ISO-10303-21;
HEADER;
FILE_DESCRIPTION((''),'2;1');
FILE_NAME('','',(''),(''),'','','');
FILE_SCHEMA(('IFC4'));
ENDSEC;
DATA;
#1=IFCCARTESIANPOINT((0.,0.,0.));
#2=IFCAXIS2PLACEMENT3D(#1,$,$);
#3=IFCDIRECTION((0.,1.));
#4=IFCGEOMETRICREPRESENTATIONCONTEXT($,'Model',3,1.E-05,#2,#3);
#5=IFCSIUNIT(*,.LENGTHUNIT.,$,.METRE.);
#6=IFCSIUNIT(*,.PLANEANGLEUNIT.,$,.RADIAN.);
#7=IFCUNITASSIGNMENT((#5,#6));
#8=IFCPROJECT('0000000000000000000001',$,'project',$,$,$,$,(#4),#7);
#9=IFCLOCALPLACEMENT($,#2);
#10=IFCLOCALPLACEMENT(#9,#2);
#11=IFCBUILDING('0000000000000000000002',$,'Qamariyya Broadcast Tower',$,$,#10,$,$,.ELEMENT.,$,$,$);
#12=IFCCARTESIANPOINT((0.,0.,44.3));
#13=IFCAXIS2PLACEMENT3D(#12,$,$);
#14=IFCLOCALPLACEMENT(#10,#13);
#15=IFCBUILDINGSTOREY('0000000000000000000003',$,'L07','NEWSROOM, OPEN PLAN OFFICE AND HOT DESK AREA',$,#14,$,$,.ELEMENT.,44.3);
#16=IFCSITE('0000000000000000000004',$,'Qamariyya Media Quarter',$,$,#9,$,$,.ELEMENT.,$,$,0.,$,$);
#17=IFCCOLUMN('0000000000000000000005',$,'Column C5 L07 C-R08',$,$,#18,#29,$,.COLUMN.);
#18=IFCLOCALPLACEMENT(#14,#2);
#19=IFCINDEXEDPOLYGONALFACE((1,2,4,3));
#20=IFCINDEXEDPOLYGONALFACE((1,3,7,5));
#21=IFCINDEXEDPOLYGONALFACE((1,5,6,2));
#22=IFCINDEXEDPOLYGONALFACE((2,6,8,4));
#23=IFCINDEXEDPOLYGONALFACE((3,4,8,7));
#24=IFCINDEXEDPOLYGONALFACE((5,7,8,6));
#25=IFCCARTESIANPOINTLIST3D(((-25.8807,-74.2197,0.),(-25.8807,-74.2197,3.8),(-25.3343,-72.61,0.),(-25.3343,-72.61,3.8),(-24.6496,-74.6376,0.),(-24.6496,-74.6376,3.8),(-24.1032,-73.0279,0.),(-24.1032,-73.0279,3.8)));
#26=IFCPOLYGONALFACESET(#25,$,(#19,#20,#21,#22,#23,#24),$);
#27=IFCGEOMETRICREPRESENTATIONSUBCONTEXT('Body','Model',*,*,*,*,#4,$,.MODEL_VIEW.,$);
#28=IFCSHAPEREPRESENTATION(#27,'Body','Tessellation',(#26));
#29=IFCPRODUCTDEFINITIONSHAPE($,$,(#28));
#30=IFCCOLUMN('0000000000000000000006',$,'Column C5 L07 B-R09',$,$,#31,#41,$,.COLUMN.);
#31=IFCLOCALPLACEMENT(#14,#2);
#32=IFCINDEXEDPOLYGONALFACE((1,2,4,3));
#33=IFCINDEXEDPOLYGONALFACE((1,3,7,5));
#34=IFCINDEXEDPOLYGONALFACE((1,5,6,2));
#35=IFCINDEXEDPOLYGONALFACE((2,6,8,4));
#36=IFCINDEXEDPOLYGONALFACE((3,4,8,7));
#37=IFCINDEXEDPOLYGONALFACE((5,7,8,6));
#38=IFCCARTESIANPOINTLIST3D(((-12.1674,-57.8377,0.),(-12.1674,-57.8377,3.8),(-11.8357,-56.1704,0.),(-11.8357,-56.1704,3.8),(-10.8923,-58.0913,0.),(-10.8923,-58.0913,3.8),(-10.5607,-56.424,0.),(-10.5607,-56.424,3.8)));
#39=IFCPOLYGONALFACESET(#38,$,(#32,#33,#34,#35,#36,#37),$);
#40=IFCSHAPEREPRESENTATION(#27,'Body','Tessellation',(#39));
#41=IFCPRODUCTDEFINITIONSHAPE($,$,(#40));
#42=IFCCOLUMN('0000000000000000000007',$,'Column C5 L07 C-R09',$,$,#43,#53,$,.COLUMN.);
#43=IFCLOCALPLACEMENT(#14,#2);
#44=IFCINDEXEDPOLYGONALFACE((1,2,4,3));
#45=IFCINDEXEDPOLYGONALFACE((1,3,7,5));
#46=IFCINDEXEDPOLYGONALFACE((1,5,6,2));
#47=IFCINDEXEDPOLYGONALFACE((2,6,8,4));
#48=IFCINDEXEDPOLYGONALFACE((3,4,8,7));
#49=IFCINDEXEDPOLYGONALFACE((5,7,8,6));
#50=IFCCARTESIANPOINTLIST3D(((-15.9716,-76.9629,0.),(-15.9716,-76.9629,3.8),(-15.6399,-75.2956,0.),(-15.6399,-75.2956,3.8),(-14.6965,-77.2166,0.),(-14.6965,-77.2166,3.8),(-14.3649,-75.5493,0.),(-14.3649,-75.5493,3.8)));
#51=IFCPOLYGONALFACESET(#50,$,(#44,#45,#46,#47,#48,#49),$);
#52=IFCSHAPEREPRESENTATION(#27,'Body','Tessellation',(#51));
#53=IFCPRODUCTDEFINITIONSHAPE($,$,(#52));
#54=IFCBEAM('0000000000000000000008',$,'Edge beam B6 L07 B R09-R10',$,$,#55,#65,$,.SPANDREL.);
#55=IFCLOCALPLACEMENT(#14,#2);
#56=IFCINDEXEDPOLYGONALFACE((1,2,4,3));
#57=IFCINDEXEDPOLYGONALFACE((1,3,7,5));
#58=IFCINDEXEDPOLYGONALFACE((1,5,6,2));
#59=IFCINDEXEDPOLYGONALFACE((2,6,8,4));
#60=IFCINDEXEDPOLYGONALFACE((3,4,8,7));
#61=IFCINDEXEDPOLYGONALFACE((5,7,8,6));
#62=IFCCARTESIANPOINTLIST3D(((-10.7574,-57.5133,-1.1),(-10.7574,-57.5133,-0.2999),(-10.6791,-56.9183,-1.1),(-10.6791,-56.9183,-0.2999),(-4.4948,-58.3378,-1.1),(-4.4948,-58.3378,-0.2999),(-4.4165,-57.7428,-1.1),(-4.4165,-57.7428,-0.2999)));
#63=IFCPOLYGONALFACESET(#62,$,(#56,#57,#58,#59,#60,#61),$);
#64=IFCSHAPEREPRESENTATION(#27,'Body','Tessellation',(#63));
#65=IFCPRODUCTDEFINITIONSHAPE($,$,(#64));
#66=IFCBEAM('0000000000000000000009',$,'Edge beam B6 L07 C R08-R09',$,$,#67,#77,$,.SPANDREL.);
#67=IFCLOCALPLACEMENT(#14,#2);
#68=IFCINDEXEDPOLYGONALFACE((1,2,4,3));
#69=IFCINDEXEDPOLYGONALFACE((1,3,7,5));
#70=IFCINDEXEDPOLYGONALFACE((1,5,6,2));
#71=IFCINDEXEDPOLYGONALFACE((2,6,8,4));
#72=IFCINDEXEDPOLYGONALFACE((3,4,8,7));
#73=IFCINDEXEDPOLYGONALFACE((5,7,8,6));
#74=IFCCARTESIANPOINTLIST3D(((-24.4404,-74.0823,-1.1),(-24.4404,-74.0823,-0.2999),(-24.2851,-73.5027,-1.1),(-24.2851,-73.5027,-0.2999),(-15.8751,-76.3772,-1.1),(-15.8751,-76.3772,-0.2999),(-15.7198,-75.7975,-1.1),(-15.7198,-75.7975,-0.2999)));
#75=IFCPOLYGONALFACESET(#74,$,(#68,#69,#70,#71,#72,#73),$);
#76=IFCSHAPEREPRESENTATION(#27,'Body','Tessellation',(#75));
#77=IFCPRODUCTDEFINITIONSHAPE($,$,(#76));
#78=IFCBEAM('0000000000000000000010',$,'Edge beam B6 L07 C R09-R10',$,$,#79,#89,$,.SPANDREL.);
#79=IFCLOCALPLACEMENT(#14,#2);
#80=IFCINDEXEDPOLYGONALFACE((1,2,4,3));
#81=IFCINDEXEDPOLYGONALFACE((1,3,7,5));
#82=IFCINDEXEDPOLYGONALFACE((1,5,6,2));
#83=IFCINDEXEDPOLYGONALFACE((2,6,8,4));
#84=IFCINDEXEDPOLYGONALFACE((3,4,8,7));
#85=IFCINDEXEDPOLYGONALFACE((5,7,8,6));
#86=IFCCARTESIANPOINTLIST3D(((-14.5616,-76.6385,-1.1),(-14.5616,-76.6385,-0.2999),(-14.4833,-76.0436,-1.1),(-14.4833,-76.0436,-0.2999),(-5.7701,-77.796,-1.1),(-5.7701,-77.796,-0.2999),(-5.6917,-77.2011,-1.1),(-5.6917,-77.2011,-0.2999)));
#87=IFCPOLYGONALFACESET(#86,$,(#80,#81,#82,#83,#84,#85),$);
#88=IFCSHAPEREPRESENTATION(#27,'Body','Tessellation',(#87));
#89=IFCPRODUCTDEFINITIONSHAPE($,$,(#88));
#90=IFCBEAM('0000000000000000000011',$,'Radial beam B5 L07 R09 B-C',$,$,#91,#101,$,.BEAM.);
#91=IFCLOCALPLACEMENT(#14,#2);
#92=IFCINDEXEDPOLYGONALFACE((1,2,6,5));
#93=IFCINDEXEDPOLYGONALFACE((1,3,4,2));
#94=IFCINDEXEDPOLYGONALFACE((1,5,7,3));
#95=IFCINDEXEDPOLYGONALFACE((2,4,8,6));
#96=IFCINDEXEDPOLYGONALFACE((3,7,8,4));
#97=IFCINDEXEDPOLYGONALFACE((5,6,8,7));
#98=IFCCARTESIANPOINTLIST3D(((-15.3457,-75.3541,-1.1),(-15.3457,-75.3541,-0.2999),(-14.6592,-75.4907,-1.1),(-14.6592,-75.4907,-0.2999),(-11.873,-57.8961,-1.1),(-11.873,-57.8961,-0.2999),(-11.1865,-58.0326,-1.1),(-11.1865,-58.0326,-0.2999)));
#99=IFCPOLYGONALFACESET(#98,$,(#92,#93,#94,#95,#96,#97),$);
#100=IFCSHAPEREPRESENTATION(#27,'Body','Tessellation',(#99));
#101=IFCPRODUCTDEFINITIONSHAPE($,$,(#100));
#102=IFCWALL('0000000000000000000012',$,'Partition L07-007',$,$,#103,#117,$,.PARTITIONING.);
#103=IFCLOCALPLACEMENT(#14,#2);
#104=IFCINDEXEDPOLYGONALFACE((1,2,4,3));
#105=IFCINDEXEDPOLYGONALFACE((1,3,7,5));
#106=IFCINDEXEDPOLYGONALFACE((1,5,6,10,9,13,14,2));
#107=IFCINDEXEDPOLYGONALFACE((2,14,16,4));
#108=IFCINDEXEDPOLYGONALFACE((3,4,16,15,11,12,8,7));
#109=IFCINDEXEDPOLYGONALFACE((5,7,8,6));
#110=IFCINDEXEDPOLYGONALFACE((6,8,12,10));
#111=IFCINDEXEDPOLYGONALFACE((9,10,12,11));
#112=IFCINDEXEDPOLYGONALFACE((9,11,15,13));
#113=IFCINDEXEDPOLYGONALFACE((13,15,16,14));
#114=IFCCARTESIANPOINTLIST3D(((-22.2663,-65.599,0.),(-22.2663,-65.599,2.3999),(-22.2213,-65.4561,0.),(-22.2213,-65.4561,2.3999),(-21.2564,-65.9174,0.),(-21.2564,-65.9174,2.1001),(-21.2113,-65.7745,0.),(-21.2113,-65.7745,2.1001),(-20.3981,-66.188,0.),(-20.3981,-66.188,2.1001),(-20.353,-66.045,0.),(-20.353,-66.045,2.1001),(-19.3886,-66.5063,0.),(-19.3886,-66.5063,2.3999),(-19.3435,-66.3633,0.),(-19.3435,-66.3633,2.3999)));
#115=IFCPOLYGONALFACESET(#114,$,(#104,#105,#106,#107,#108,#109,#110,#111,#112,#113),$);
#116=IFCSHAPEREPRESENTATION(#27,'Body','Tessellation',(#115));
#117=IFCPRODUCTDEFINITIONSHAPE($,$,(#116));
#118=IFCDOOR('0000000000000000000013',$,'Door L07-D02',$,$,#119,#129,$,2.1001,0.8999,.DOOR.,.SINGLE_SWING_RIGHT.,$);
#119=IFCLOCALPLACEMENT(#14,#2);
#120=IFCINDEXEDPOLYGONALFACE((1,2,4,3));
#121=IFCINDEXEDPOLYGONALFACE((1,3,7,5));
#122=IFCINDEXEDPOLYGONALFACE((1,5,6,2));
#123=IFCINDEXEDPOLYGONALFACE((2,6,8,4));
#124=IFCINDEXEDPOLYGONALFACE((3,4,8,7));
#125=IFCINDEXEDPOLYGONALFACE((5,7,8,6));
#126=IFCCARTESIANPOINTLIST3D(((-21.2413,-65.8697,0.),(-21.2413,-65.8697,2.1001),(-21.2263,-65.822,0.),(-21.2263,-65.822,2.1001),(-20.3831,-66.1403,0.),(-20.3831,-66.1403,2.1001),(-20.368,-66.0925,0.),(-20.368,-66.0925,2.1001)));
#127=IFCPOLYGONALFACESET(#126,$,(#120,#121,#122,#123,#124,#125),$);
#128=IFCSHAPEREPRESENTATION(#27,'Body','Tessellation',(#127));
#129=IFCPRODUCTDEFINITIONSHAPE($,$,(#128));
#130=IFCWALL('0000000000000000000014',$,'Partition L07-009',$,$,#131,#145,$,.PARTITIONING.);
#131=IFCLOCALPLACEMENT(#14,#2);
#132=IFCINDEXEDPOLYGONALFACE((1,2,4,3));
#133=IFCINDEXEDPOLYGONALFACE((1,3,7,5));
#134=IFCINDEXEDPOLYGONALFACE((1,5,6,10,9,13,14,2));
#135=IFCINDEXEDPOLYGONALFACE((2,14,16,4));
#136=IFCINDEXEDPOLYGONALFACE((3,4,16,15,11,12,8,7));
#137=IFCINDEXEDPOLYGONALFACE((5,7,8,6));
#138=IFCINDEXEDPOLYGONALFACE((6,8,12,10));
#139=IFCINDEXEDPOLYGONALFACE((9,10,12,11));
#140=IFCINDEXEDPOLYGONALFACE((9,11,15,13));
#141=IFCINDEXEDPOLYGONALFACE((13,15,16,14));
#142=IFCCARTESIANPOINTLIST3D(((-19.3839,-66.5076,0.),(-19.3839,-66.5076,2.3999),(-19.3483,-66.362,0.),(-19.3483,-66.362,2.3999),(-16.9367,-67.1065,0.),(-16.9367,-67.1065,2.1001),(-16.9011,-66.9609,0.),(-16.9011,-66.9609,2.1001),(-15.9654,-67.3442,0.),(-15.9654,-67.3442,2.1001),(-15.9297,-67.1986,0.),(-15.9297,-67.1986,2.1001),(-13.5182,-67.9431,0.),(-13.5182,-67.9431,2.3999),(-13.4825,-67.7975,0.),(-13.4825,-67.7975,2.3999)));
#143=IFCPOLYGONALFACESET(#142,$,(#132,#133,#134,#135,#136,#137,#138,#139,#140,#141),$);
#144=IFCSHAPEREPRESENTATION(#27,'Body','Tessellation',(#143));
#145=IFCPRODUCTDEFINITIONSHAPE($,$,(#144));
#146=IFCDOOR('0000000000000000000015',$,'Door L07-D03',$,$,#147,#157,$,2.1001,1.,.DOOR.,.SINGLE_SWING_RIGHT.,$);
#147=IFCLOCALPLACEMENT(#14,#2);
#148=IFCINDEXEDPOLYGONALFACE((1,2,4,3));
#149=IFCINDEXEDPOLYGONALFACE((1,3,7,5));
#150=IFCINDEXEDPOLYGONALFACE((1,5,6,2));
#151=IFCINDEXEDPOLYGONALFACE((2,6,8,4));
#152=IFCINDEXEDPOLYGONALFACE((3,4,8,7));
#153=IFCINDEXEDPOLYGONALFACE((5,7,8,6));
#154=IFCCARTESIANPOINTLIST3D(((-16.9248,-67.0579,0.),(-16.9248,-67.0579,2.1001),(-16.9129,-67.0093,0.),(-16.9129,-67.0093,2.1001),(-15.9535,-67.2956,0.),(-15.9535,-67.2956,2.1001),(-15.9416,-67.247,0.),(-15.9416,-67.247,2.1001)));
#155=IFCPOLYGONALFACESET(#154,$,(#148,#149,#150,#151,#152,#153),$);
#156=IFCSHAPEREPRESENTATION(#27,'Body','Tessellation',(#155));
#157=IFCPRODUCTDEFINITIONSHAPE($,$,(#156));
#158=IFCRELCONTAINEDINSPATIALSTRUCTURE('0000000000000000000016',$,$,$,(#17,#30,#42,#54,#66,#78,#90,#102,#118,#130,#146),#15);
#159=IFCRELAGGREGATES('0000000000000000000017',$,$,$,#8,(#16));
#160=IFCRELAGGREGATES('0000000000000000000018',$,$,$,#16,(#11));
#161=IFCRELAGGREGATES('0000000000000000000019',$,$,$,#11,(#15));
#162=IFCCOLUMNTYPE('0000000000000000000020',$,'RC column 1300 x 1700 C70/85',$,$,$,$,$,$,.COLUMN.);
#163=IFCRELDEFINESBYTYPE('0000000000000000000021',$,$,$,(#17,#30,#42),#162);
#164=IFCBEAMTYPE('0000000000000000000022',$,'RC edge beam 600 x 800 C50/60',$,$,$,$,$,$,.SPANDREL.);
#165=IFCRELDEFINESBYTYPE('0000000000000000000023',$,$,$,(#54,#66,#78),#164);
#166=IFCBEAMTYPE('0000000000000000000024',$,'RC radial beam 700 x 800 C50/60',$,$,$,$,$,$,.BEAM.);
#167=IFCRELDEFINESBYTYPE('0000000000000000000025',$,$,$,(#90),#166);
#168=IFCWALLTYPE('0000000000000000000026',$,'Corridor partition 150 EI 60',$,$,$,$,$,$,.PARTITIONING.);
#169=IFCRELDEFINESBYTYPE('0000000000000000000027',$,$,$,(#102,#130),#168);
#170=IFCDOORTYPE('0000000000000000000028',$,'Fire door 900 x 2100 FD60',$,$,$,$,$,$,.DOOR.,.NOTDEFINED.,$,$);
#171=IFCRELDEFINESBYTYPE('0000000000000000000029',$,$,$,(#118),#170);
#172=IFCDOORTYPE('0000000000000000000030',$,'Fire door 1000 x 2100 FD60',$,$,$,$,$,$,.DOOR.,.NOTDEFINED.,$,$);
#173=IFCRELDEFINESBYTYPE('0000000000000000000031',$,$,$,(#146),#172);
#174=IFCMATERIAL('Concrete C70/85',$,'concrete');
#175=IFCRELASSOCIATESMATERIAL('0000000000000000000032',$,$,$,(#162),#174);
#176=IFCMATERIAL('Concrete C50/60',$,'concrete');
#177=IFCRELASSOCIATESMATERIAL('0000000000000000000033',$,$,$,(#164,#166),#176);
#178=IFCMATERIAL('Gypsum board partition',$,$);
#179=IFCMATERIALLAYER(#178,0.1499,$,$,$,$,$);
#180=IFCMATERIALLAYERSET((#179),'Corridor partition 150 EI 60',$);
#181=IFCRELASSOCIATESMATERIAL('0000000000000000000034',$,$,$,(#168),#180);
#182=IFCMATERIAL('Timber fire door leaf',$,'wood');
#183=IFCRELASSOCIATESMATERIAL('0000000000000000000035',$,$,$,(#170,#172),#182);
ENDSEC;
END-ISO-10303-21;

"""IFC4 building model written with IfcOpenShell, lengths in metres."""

from ifc_helpers import new_model, si_unit, direction, frame, frame_2d, origin, origin_2d, place, context, subcontext, project, spatial, rectangle, extrude, material, layer, layer_set, material_profile, profile_set, type_object, element, fill, save


model = new_model("IFC4")

# Units and contexts
model_context = context("Model", 3, precision=1e-05, world=origin(), true_north=direction((0.0, 1.0)))
body_context = subcontext(model_context, "Body", "Model", "MODEL_VIEW")
ifc_project = project(units=[si_unit("LENGTHUNIT", "METRE"), si_unit("PLANEANGLEUNIT", "RADIAN")], contexts=[model_context])

# Site, building, storey
site_placement = place(None, origin())
site = spatial("IfcSite", under=ifc_project, at=site_placement, Name="Qamariyya Media Quarter", CompositionType="ELEMENT", RefElevation=0.0)
building_placement = place(site_placement, origin())
building = spatial("IfcBuilding", under=site, at=building_placement, Name="Qamariyya Broadcast Tower", CompositionType="ELEMENT")
storey_placement = place(building_placement, frame((0.0, 0.0, 44.3)))
storey = spatial("IfcBuildingStorey", under=building, at=storey_placement, Name="L07", Description="NEWSROOM, OPEN PLAN OFFICE AND HOT DESK AREA", CompositionType="ELEMENT", Elevation=44.3)

# Columns
ifc_material_1 = material(Name="Concrete C70/85", Category="concrete")
ifc_material_profile_1 = material_profile(ifc_material_1, rectangle(XDim=1.3, YDim=1.7, at=origin_2d()))
ifc_profile_set_1 = profile_set([ifc_material_profile_1], Name="Concrete C70/85")
column_type = type_object("IfcColumnType", Name="RC column 1300 x 1700 C70/85", PredefinedType="COLUMN", material=ifc_profile_set_1)
for number, where, z_axis, x_axis, name in (
    (1, (-24.9919, -73.6238, 0.0), (0.0, 0.0, 1.0), (0.94693, -0.321439, 0.0), "Column C5 L07 C-R08"),
    (2, (-11.364, -57.1309, 0.0), (0.0, 0.0, 1.0), (0.980785, -0.19509, 0.0), "Column C5 L07 B-R09"),
    (3, (-15.1682, -76.2561, 0.0), (0.0, 0.0, 1.0), (0.980785, -0.19509, 0.0), "Column C5 L07 C-R09"),
):
    element("IfcColumn", number, at=place(storey_placement, frame(where, z_axis=z_axis, x_axis=x_axis)), inside=storey, type_object=column_type, Name=name, PredefinedType="COLUMN", context=body_context, shape_type="SweptSolid", body=[
        extrude(rectangle(XDim=1.3, YDim=1.7, at=origin_2d()), origin(), (0.0, 0.0, 1.0), 3.8),
    ])

# Beams
ifc_material_2 = material(Name="Concrete C50/60", Category="concrete")
ifc_material_profile_2 = material_profile(ifc_material_2, rectangle(XDim=0.6001, YDim=0.8, at=origin_2d()))
ifc_profile_set_2 = profile_set([ifc_material_profile_2], Name="Concrete C50/60")
beam_type_1 = type_object("IfcBeamType", Name="RC edge beam 600 x 800 C50/60", PredefinedType="SPANDREL", material=ifc_profile_set_2)
beam_1_placement = place(storey_placement, frame((-10.7183, -57.2158, -0.7), z_axis=(0.991446, -0.13052, 0.0), x_axis=(0.13052, 0.991446, 0.0)))
element("IfcBeam", 4, at=beam_1_placement, inside=storey, type_object=beam_type_1, Name="Edge beam B6 L07 B R09-R10", PredefinedType="SPANDREL", context=body_context, shape_type="SweptSolid", body=[
    extrude(rectangle(XDim=0.6001, YDim=0.8, at=origin_2d()), origin(), (0.0, 0.0, 1.0), 6.3167),
])
for number, where, z_axis, x_axis, name in (
    (5, (-24.3628, -73.7925, -0.7), (0.965931, -0.2588, 0.0), (0.2588, 0.965931, 0.0), "Edge beam B6 L07 C R08-R09"),
    (6, (-14.5225, -76.3411, -0.7), (0.991444, -0.130531, 0.0), (0.130531, 0.991444, 0.0), "Edge beam B6 L07 C R09-R10"),
):
    element("IfcBeam", number, at=place(storey_placement, frame(where, z_axis=z_axis, x_axis=x_axis)), inside=storey, type_object=beam_type_1, Name=name, PredefinedType="SPANDREL", context=body_context, shape_type="SweptSolid", body=[
        extrude(rectangle(XDim=0.6001, YDim=0.8, at=origin_2d()), origin(), (0.0, 0.0, 1.0), 8.8674),
    ])
ifc_material_profile_3 = material_profile(ifc_material_2, rectangle(XDim=0.7, YDim=0.8, at=origin_2d()))
ifc_profile_set_3 = profile_set([ifc_material_profile_3], Name="Concrete C50/60")
beam_type_2 = type_object("IfcBeamType", Name="RC radial beam 700 x 800 C50/60", PredefinedType="BEAM", material=ifc_profile_set_3)
beam_2_placement = place(storey_placement, frame((-11.5298, -57.9644, -0.7), z_axis=(-0.195093, -0.980785, 0.0), x_axis=(0.980785, -0.195093, 0.0)))
element("IfcBeam", 7, at=beam_2_placement, inside=storey, type_object=beam_type_2, Name="Radial beam B5 L07 R09 B-C", PredefinedType="BEAM", context=body_context, shape_type="SweptSolid", body=[
    extrude(rectangle(XDim=0.7, YDim=0.8, at=origin_2d()), origin(), (0.0, 0.0, 1.0), 17.8),
])

# Walls, openings, doors
ifc_material_3 = material(Name="Gypsum board partition")
ifc_layer_1 = layer(ifc_material_3, 0.1499)
ifc_layer_set_1 = layer_set([ifc_layer_1], Name="Corridor partition 150 EI 60")
wall_type_1 = type_object("IfcWallType", Name="Corridor partition 150 EI 60", PredefinedType="PARTITIONING", material=ifc_layer_set_1)
wall_1_placement = place(storey_placement, frame((-19.366, -66.4348, 0.0), z_axis=(0.0, 0.0, 1.0), x_axis=(-0.953727, 0.300674, 0.0)))
wall_1 = element("IfcWall", 8, at=wall_1_placement, inside=storey, type_object=wall_type_1, Name="Partition L07-007", PredefinedType="PARTITIONING", context=body_context, shape_type="SweptSolid", body=[
    extrude(rectangle(XDim=3.0173, YDim=0.1499, at=frame_2d((1.5088, 0.0))), origin(), (0.0, 0.0, 1.0), 2.3999),
])
opening_1_placement = place(wall_1_placement, frame((1.0586, 0.0, 0.0)))
opening_1 = element("IfcOpeningElement", 9, at=opening_1_placement, cuts=wall_1, PredefinedType="OPENING", context=body_context, shape_type="SweptSolid", body=[
    extrude(rectangle(XDim=0.8999, YDim=2.1001, at=frame_2d((0.45, 1.05))), frame((0.0, 0.085, 0.0), z_axis=(0.0, -1.0, 0.0), x_axis=(1.0, 0.0, 0.0)), (0.0, 0.0, 1.0), 0.1699),
])
ifc_material_4 = material(Name="Timber fire door leaf", Category="wood")
door_type_1 = type_object("IfcDoorType", Name="Fire door 900 x 2100 FD60", OperationType="NOTDEFINED", PredefinedType="DOOR", material=ifc_material_4)
door_1_placement = place(opening_1_placement, origin())
door_1 = element("IfcDoor", 10, at=door_1_placement, inside=storey, type_object=door_type_1, Name="Door L07-D02", OperationType="SINGLE_SWING_RIGHT", OverallHeight=2.1001, OverallWidth=0.8999, PredefinedType="DOOR", context=body_context, shape_type="SweptSolid", body=[
    extrude(rectangle(XDim=0.8999, YDim=2.1001, at=frame_2d((0.45, 1.05))), frame((0.0, 0.0249, 0.0), z_axis=(0.0, -1.0, 0.0), x_axis=(1.0, 0.0, 0.0)), (0.0, 0.0, 1.0), 0.05),
])
fill(opening_1, door_1)
wall_2_placement = place(storey_placement, frame((-13.5002, -67.8704, 0.0), z_axis=(0.0, 0.0, 1.0), x_axis=(-0.971334, 0.237719, 0.0)))
wall_2 = element("IfcWall", 11, at=wall_2_placement, inside=storey, type_object=wall_type_1, Name="Partition L07-009", PredefinedType="PARTITIONING", context=body_context, shape_type="SweptSolid", body=[
    extrude(rectangle(XDim=6.0388, YDim=0.1499, at=frame_2d((3.0195, 0.0))), origin(), (0.0, 0.0, 1.0), 2.3999),
])
opening_2_placement = place(wall_2_placement, frame((2.5195, 0.0, 0.0)))
opening_2 = element("IfcOpeningElement", 12, at=opening_2_placement, cuts=wall_2, PredefinedType="OPENING", context=body_context, shape_type="SweptSolid", body=[
    extrude(rectangle(XDim=1.0, YDim=2.1001, at=frame_2d((0.5, 1.05))), frame((0.0, 0.085, 0.0), z_axis=(0.0, -1.0, 0.0), x_axis=(1.0, 0.0, 0.0)), (0.0, 0.0, 1.0), 0.1699),
])
door_type_2 = type_object("IfcDoorType", Name="Fire door 1000 x 2100 FD60", OperationType="NOTDEFINED", PredefinedType="DOOR", material=ifc_material_4)
door_2_placement = place(opening_2_placement, origin())
door_2 = element("IfcDoor", 13, at=door_2_placement, inside=storey, type_object=door_type_2, Name="Door L07-D03", OperationType="SINGLE_SWING_RIGHT", OverallHeight=2.1001, OverallWidth=1.0, PredefinedType="DOOR", context=body_context, shape_type="SweptSolid", body=[
    extrude(rectangle(XDim=1.0, YDim=2.1001, at=frame_2d((0.5, 1.05))), frame((0.0, 0.0249, 0.0), z_axis=(0.0, -1.0, 0.0), x_axis=(1.0, 0.0, 0.0)), (0.0, 0.0, 1.0), 0.05),
])
fill(opening_2, door_2)

save(model, "model.ifc")
